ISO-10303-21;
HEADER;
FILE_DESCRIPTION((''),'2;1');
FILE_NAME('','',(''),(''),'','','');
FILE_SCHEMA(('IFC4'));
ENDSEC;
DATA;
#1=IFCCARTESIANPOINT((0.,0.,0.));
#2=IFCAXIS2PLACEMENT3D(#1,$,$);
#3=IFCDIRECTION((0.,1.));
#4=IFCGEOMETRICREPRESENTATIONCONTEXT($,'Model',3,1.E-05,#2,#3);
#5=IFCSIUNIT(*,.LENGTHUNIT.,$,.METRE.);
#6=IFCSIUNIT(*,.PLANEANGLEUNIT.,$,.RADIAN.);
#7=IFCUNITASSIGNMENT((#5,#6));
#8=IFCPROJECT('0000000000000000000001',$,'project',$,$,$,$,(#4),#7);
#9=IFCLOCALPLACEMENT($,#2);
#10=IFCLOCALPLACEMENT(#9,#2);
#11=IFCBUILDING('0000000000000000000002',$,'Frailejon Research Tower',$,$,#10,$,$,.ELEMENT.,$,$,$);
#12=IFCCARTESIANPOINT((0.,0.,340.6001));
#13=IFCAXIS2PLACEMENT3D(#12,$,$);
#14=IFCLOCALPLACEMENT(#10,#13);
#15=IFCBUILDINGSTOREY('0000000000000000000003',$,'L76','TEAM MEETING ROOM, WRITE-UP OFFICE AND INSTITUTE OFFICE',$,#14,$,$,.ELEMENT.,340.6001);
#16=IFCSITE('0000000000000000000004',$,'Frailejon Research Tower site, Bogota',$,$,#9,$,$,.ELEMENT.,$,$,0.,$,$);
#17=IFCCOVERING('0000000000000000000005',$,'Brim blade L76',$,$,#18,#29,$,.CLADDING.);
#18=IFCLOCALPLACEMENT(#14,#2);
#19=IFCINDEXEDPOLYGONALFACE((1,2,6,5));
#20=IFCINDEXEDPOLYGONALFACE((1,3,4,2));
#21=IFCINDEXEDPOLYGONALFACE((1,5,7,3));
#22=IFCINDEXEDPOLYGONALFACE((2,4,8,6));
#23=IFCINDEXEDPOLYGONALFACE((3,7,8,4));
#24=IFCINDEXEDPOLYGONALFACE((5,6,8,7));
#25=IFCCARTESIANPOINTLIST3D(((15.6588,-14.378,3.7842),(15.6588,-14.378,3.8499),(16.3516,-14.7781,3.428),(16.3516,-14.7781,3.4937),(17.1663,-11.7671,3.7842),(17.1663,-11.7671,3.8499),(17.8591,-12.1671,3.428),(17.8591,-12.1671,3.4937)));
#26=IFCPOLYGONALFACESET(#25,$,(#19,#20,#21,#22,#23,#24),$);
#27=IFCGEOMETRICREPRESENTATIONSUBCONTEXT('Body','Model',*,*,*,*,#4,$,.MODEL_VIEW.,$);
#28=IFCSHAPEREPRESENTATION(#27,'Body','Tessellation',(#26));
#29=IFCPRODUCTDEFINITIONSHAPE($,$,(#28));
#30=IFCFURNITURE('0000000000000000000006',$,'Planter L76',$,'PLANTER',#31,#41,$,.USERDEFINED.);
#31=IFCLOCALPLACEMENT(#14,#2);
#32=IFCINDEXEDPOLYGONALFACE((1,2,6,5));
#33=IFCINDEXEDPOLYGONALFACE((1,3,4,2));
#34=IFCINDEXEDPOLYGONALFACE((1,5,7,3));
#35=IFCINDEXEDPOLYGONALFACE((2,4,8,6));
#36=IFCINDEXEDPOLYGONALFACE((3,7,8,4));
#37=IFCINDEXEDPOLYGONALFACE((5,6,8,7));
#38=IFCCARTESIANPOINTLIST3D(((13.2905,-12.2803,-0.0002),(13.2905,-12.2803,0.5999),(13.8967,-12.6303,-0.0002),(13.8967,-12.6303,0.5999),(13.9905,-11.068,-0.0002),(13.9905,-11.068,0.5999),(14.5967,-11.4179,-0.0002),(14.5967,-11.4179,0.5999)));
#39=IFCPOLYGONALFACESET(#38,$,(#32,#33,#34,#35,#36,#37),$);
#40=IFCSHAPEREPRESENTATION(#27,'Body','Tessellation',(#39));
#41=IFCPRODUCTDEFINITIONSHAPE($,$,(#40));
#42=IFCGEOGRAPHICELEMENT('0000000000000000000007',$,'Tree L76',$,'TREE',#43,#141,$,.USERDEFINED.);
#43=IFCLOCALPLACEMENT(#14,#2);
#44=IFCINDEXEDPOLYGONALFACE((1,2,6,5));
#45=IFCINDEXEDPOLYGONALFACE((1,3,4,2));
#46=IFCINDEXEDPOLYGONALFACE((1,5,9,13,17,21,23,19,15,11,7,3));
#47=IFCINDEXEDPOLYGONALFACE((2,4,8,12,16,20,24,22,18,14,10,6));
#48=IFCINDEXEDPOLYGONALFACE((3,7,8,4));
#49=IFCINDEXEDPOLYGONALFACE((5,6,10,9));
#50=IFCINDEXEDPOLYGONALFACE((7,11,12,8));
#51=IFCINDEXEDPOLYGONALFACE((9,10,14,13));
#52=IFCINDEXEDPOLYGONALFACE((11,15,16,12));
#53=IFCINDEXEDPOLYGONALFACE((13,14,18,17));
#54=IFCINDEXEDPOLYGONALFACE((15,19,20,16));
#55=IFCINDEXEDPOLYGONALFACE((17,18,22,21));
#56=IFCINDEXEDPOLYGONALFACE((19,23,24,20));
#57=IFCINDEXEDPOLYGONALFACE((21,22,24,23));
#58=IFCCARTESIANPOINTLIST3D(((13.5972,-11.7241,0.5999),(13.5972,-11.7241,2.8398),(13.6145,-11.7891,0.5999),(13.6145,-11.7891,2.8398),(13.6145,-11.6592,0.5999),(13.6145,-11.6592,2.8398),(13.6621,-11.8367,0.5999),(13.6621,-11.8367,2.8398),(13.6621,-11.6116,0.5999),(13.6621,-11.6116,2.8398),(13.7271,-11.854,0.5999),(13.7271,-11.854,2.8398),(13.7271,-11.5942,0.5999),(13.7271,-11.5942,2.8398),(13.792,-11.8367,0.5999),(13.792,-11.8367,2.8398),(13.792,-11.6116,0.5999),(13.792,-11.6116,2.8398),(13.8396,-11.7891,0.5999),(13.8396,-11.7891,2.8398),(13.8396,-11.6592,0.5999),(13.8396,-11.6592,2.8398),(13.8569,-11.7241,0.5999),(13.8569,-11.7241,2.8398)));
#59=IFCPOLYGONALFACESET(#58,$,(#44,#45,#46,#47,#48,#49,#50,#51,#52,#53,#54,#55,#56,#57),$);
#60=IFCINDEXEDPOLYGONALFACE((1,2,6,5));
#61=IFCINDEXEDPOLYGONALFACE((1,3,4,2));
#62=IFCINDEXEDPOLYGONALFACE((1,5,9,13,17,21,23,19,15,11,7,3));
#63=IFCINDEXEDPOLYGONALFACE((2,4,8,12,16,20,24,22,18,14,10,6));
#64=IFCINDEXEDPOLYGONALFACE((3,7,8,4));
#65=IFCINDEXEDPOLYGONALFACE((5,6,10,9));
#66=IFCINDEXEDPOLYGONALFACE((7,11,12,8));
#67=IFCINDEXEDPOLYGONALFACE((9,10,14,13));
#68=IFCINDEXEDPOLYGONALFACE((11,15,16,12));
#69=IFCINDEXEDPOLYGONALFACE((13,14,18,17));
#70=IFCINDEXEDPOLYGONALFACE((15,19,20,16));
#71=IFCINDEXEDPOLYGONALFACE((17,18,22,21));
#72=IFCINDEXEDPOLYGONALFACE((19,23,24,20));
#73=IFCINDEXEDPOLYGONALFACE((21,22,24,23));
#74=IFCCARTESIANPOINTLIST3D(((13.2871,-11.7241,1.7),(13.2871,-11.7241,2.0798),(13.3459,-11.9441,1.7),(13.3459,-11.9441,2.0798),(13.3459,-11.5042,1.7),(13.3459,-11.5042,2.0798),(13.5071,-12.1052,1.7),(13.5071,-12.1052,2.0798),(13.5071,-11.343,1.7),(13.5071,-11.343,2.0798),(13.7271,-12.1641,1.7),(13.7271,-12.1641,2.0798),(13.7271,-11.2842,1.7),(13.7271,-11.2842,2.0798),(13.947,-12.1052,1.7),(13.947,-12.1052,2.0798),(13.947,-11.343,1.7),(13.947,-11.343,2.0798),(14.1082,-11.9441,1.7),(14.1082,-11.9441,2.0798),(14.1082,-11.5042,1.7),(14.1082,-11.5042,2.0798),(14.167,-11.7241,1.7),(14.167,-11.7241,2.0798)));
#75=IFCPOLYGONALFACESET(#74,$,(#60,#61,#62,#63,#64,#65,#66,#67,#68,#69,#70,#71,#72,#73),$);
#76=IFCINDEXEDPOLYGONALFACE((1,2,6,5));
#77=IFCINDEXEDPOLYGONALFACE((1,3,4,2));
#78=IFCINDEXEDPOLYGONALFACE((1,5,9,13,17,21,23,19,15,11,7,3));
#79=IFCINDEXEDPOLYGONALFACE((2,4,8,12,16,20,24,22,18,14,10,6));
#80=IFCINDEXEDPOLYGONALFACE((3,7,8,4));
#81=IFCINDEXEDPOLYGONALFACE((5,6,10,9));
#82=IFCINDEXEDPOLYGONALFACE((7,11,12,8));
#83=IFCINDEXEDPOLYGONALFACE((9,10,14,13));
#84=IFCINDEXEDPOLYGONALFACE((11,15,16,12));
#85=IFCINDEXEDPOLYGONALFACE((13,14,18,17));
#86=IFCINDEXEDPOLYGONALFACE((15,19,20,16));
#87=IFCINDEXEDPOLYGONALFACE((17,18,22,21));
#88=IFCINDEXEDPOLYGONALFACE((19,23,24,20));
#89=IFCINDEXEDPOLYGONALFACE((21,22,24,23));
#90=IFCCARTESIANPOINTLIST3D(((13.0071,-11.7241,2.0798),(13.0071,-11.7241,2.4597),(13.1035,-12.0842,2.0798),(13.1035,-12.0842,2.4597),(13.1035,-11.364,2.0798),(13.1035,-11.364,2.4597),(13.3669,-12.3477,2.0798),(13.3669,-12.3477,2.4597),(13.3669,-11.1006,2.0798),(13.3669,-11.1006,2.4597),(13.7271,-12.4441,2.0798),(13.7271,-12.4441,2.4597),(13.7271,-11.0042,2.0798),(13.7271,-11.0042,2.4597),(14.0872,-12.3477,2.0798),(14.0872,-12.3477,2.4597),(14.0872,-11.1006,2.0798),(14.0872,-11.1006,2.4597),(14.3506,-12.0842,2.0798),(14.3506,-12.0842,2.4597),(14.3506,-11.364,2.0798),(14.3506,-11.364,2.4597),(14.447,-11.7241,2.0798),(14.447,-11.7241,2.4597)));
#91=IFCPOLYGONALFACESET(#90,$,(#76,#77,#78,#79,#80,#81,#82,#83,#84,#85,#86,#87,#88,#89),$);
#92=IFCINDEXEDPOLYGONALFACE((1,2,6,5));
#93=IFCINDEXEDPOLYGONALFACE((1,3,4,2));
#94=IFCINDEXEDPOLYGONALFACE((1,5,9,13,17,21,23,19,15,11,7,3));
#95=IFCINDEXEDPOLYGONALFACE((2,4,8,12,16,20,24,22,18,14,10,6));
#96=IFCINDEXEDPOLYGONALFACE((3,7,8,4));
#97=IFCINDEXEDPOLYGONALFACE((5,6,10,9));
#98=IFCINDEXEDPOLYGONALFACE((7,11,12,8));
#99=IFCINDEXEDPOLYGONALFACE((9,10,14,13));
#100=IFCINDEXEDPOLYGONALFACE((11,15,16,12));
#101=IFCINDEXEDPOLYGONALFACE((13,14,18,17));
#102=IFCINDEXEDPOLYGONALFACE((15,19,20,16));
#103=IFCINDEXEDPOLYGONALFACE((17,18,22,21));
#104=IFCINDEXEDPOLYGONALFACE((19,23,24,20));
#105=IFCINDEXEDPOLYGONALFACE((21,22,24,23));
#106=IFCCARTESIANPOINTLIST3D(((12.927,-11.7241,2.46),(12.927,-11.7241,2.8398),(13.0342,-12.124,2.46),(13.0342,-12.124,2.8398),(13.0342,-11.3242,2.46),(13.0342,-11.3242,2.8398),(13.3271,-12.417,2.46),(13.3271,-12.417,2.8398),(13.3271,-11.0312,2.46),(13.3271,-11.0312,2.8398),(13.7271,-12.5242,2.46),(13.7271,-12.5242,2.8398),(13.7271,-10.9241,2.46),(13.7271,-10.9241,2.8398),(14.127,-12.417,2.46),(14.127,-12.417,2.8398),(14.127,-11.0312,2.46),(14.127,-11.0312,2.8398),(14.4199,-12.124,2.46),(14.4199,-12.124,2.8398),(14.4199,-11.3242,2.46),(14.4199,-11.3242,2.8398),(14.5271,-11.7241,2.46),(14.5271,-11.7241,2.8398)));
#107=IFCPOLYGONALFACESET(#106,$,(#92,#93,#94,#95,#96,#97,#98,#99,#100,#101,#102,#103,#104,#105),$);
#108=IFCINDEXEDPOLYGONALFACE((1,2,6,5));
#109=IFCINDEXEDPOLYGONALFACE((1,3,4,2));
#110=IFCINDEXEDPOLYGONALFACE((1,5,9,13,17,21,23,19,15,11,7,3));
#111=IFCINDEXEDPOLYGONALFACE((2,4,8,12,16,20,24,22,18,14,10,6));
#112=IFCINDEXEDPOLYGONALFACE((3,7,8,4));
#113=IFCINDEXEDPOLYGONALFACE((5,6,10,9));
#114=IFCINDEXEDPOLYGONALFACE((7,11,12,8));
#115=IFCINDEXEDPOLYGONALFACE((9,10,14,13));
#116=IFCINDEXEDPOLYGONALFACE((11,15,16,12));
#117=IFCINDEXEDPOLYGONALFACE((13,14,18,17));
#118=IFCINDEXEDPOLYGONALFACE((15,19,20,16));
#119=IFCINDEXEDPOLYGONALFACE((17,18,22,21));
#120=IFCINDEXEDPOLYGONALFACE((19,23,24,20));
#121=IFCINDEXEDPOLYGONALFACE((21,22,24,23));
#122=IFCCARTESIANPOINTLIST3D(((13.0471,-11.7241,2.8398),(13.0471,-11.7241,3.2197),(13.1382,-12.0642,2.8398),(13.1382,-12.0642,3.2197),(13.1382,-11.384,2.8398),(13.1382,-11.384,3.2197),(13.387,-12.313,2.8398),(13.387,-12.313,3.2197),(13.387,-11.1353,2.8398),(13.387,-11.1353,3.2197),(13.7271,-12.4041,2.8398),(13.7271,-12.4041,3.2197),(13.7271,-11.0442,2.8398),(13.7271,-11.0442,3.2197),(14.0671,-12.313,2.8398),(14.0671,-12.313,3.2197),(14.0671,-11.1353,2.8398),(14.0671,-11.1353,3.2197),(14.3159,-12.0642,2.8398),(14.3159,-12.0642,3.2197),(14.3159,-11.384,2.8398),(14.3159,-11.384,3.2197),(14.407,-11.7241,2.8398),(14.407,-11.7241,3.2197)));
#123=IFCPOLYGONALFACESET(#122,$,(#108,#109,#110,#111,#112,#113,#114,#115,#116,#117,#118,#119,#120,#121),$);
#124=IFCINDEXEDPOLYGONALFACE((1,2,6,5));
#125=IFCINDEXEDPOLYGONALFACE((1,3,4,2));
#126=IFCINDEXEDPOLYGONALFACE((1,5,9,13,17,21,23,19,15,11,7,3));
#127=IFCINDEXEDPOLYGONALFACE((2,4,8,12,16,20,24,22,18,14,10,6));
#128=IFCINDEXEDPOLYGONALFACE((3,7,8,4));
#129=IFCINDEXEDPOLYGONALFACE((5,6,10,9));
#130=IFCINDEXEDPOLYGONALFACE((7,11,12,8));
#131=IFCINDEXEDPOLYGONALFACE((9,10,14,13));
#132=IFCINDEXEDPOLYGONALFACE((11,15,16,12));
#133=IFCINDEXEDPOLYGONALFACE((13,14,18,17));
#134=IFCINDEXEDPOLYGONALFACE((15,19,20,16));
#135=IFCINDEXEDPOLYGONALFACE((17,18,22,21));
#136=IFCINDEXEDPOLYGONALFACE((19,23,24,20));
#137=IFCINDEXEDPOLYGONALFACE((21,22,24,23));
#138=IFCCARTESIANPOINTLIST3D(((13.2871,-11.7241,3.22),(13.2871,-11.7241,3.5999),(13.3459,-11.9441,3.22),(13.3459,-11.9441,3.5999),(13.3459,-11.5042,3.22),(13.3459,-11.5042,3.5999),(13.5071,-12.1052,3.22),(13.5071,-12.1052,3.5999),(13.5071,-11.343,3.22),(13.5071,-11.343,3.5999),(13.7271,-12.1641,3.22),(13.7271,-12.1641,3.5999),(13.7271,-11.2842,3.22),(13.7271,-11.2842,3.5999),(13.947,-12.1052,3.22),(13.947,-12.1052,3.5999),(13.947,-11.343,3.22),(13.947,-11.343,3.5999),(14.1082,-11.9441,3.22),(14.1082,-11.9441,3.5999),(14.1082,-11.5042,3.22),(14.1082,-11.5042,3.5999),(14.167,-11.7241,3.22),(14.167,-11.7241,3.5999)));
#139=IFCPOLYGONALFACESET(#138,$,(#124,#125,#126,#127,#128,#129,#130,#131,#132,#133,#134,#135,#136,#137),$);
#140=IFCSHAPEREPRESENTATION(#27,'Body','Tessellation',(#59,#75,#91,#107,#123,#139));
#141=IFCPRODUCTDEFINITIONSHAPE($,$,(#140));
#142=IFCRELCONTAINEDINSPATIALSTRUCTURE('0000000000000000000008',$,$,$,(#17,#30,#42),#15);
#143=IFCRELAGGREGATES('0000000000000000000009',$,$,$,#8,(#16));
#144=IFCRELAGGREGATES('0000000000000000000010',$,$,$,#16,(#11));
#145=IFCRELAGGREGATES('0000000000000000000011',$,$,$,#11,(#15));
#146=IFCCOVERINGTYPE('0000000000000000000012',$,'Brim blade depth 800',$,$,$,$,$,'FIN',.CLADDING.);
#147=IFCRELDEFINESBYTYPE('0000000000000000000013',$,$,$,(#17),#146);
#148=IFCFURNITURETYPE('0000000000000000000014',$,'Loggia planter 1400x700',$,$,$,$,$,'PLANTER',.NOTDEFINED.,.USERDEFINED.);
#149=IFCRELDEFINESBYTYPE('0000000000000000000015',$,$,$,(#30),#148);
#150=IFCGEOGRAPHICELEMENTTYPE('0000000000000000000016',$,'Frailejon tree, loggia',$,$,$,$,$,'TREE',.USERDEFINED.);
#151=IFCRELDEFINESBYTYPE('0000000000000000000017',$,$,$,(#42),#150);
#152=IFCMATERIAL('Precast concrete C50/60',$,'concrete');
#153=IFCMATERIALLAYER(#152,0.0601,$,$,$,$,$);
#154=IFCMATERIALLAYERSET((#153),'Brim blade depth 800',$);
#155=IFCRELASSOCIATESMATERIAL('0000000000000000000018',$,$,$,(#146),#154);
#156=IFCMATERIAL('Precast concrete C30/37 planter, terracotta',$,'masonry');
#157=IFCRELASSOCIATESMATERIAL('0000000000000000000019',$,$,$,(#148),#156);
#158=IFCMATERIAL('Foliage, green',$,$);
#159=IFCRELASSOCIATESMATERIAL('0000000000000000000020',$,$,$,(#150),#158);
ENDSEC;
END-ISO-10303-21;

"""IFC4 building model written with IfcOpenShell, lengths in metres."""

from ifc_helpers import new_model, si_unit, direction, frame, origin, origin_2d, place, context, subcontext, project, spatial, polyline, rectangle, outline, extrude, material, layer, layer_set, type_object, element, save


model = new_model("IFC4")

# Units and contexts
model_context = context("Model", 3, precision=1e-05, world=origin(), true_north=direction((0.0, 1.0)))
body_context = subcontext(model_context, "Body", "Model", "MODEL_VIEW")
ifc_project = project(units=[si_unit("LENGTHUNIT", "METRE"), si_unit("PLANEANGLEUNIT", "RADIAN")], contexts=[model_context])

# Site, building, storey
site_placement = place(None, origin())
site = spatial("IfcSite", under=ifc_project, at=site_placement, Name="Frailejon Research Tower site, Bogota", CompositionType="ELEMENT", RefElevation=0.0)
building_placement = place(site_placement, origin())
building = spatial("IfcBuilding", under=site, at=building_placement, Name="Frailejon Research Tower", CompositionType="ELEMENT")
storey_placement = place(building_placement, frame((0.0, 0.0, 340.6001)))
storey = spatial("IfcBuildingStorey", under=building, at=storey_placement, Name="L76", Description="TEAM MEETING ROOM, WRITE-UP OFFICE AND INSTITUTE OFFICE", CompositionType="ELEMENT", Elevation=340.6001)

# Covering
ifc_material_1 = material(Name="Precast concrete C50/60", Category="concrete")
ifc_layer_1 = layer(ifc_material_1, 0.0601)
ifc_layer_set_1 = layer_set([ifc_layer_1], Name="Brim blade depth 800")
covering_type_1 = type_object("IfcCoveringType", Name="Brim blade depth 800", ElementType="FIN", PredefinedType="CLADDING", material=ifc_layer_set_1)
covering_1_placement = place(storey_placement, frame((17.1663, -11.7671, 3.8499), z_axis=(-0.50001, -0.86602, 0.0), x_axis=(0.86602, -0.50001, 0.0)))
element("IfcCovering", 1, at=covering_1_placement, inside=storey, type_object=covering_type_1, Name="Brim blade L76", PredefinedType="CLADDING", context=body_context, shape_type="SweptSolid", body=[
    extrude(outline(polyline([(0.0, -0.0657), (0.8, -0.4219), (0.8, -0.3562), (0.0, 0.0), (0.0, -0.0657)])), origin(), (0.0, 0.0, 1.0), 3.0149),
])

# Furniture
ifc_material_2 = material(Name="Precast concrete C30/37 planter, terracotta", Category="masonry")
furniture_type = type_object("IfcFurnitureType", Name="Loggia planter 1400x700", ElementType="PLANTER", AssemblyPlace="NOTDEFINED", PredefinedType="USERDEFINED", material=ifc_material_2)
furniture_placement = place(storey_placement, frame((13.9436, -11.8491, -0.0002), z_axis=(0.0, 0.0, 1.0), x_axis=(0.5, 0.866025, 0.0)))
element("IfcFurniture", 2, at=furniture_placement, inside=storey, type_object=furniture_type, Name="Planter L76", ObjectType="PLANTER", PredefinedType="USERDEFINED", context=body_context, shape_type="SweptSolid", body=[
    extrude(rectangle(XDim=1.3999, YDim=0.7, at=origin_2d()), origin(), (0.0, 0.0, 1.0), 0.6001),
])

# Geographic element
ifc_material_3 = material(Name="Foliage, green")
geographic_element_type = type_object("IfcGeographicElementType", Name="Frailejon tree, loggia", ElementType="TREE", PredefinedType="USERDEFINED", material=ifc_material_3)
geographic_element_placement = place(storey_placement, frame((13.7271, -11.7241, 0.5999)))
element("IfcGeographicElement", 3, at=geographic_element_placement, inside=storey, type_object=geographic_element_type, Name="Tree L76", ObjectType="TREE", PredefinedType="USERDEFINED", context=body_context, shape_type="SweptSolid", body=[
    extrude(outline(polyline([(0.1299, 0.0), (0.1125, 0.0649), (0.0649, 0.1125), (0.0, 0.1299), (-0.0649, 0.1125), (-0.1125, 0.0649), (-0.1299, 0.0), (-0.1125, -0.0649), (-0.0649, -0.1125), (0.0, -0.1299), (0.0649, -0.1125), (0.1125, -0.0649), (0.1299, 0.0)])), origin(), (0.0, 0.0, 1.0), 2.24),
    extrude(outline(polyline([(0.4399, 0.0), (0.3811, 0.22), (0.22, 0.3811), (0.0, 0.4399), (-0.22, 0.3811), (-0.3811, 0.22), (-0.4399, 0.0), (-0.3811, -0.22), (-0.22, -0.3811), (0.0, -0.4399), (0.22, -0.3811), (0.3811, -0.22), (0.4399, 0.0)])), frame((0.0, 0.0, 1.1001)), (0.0, 0.0, 1.0), 0.3799),
    extrude(outline(polyline([(0.72, 0.0), (0.6235, 0.3601), (0.3601, 0.6235), (0.0, 0.72), (-0.3601, 0.6235), (-0.6235, 0.3601), (-0.72, 0.0), (-0.6235, -0.3601), (-0.3601, -0.6235), (0.0, -0.72), (0.3601, -0.6235), (0.6235, -0.3601), (0.72, 0.0)])), frame((0.0, 0.0, 1.48)), (0.0, 0.0, 1.0), 0.3799),
    extrude(outline(polyline([(0.8, 0.0), (0.6929, 0.3999), (0.3999, 0.6929), (0.0, 0.8), (-0.3999, 0.6929), (-0.6929, 0.3999), (-0.8, 0.0), (-0.6929, -0.3999), (-0.3999, -0.6929), (0.0, -0.8), (0.3999, -0.6929), (0.6929, -0.3999), (0.8, 0.0)])), frame((0.0, 0.0, 1.8601)), (0.0, 0.0, 1.0), 0.3799),
    extrude(outline(polyline([(0.6799, 0.0), (0.5889, 0.3401), (0.3401, 0.5889), (0.0, 0.6799), (-0.3401, 0.5889), (-0.5889, 0.3401), (-0.6799, 0.0), (-0.5889, -0.3401), (-0.3401, -0.5889), (0.0, -0.6799), (0.3401, -0.5889), (0.5889, -0.3401), (0.6799, 0.0)])), frame((0.0, 0.0, 2.24)), (0.0, 0.0, 1.0), 0.3799),
    extrude(outline(polyline([(0.4399, 0.0), (0.3811, 0.22), (0.22, 0.3811), (0.0, 0.4399), (-0.22, 0.3811), (-0.3811, 0.22), (-0.4399, 0.0), (-0.3811, -0.22), (-0.22, -0.3811), (0.0, -0.4399), (0.22, -0.3811), (0.3811, -0.22), (0.4399, 0.0)])), frame((0.0, 0.0, 2.6201)), (0.0, 0.0, 1.0), 0.3799),
])

save(model, "model.ifc")
